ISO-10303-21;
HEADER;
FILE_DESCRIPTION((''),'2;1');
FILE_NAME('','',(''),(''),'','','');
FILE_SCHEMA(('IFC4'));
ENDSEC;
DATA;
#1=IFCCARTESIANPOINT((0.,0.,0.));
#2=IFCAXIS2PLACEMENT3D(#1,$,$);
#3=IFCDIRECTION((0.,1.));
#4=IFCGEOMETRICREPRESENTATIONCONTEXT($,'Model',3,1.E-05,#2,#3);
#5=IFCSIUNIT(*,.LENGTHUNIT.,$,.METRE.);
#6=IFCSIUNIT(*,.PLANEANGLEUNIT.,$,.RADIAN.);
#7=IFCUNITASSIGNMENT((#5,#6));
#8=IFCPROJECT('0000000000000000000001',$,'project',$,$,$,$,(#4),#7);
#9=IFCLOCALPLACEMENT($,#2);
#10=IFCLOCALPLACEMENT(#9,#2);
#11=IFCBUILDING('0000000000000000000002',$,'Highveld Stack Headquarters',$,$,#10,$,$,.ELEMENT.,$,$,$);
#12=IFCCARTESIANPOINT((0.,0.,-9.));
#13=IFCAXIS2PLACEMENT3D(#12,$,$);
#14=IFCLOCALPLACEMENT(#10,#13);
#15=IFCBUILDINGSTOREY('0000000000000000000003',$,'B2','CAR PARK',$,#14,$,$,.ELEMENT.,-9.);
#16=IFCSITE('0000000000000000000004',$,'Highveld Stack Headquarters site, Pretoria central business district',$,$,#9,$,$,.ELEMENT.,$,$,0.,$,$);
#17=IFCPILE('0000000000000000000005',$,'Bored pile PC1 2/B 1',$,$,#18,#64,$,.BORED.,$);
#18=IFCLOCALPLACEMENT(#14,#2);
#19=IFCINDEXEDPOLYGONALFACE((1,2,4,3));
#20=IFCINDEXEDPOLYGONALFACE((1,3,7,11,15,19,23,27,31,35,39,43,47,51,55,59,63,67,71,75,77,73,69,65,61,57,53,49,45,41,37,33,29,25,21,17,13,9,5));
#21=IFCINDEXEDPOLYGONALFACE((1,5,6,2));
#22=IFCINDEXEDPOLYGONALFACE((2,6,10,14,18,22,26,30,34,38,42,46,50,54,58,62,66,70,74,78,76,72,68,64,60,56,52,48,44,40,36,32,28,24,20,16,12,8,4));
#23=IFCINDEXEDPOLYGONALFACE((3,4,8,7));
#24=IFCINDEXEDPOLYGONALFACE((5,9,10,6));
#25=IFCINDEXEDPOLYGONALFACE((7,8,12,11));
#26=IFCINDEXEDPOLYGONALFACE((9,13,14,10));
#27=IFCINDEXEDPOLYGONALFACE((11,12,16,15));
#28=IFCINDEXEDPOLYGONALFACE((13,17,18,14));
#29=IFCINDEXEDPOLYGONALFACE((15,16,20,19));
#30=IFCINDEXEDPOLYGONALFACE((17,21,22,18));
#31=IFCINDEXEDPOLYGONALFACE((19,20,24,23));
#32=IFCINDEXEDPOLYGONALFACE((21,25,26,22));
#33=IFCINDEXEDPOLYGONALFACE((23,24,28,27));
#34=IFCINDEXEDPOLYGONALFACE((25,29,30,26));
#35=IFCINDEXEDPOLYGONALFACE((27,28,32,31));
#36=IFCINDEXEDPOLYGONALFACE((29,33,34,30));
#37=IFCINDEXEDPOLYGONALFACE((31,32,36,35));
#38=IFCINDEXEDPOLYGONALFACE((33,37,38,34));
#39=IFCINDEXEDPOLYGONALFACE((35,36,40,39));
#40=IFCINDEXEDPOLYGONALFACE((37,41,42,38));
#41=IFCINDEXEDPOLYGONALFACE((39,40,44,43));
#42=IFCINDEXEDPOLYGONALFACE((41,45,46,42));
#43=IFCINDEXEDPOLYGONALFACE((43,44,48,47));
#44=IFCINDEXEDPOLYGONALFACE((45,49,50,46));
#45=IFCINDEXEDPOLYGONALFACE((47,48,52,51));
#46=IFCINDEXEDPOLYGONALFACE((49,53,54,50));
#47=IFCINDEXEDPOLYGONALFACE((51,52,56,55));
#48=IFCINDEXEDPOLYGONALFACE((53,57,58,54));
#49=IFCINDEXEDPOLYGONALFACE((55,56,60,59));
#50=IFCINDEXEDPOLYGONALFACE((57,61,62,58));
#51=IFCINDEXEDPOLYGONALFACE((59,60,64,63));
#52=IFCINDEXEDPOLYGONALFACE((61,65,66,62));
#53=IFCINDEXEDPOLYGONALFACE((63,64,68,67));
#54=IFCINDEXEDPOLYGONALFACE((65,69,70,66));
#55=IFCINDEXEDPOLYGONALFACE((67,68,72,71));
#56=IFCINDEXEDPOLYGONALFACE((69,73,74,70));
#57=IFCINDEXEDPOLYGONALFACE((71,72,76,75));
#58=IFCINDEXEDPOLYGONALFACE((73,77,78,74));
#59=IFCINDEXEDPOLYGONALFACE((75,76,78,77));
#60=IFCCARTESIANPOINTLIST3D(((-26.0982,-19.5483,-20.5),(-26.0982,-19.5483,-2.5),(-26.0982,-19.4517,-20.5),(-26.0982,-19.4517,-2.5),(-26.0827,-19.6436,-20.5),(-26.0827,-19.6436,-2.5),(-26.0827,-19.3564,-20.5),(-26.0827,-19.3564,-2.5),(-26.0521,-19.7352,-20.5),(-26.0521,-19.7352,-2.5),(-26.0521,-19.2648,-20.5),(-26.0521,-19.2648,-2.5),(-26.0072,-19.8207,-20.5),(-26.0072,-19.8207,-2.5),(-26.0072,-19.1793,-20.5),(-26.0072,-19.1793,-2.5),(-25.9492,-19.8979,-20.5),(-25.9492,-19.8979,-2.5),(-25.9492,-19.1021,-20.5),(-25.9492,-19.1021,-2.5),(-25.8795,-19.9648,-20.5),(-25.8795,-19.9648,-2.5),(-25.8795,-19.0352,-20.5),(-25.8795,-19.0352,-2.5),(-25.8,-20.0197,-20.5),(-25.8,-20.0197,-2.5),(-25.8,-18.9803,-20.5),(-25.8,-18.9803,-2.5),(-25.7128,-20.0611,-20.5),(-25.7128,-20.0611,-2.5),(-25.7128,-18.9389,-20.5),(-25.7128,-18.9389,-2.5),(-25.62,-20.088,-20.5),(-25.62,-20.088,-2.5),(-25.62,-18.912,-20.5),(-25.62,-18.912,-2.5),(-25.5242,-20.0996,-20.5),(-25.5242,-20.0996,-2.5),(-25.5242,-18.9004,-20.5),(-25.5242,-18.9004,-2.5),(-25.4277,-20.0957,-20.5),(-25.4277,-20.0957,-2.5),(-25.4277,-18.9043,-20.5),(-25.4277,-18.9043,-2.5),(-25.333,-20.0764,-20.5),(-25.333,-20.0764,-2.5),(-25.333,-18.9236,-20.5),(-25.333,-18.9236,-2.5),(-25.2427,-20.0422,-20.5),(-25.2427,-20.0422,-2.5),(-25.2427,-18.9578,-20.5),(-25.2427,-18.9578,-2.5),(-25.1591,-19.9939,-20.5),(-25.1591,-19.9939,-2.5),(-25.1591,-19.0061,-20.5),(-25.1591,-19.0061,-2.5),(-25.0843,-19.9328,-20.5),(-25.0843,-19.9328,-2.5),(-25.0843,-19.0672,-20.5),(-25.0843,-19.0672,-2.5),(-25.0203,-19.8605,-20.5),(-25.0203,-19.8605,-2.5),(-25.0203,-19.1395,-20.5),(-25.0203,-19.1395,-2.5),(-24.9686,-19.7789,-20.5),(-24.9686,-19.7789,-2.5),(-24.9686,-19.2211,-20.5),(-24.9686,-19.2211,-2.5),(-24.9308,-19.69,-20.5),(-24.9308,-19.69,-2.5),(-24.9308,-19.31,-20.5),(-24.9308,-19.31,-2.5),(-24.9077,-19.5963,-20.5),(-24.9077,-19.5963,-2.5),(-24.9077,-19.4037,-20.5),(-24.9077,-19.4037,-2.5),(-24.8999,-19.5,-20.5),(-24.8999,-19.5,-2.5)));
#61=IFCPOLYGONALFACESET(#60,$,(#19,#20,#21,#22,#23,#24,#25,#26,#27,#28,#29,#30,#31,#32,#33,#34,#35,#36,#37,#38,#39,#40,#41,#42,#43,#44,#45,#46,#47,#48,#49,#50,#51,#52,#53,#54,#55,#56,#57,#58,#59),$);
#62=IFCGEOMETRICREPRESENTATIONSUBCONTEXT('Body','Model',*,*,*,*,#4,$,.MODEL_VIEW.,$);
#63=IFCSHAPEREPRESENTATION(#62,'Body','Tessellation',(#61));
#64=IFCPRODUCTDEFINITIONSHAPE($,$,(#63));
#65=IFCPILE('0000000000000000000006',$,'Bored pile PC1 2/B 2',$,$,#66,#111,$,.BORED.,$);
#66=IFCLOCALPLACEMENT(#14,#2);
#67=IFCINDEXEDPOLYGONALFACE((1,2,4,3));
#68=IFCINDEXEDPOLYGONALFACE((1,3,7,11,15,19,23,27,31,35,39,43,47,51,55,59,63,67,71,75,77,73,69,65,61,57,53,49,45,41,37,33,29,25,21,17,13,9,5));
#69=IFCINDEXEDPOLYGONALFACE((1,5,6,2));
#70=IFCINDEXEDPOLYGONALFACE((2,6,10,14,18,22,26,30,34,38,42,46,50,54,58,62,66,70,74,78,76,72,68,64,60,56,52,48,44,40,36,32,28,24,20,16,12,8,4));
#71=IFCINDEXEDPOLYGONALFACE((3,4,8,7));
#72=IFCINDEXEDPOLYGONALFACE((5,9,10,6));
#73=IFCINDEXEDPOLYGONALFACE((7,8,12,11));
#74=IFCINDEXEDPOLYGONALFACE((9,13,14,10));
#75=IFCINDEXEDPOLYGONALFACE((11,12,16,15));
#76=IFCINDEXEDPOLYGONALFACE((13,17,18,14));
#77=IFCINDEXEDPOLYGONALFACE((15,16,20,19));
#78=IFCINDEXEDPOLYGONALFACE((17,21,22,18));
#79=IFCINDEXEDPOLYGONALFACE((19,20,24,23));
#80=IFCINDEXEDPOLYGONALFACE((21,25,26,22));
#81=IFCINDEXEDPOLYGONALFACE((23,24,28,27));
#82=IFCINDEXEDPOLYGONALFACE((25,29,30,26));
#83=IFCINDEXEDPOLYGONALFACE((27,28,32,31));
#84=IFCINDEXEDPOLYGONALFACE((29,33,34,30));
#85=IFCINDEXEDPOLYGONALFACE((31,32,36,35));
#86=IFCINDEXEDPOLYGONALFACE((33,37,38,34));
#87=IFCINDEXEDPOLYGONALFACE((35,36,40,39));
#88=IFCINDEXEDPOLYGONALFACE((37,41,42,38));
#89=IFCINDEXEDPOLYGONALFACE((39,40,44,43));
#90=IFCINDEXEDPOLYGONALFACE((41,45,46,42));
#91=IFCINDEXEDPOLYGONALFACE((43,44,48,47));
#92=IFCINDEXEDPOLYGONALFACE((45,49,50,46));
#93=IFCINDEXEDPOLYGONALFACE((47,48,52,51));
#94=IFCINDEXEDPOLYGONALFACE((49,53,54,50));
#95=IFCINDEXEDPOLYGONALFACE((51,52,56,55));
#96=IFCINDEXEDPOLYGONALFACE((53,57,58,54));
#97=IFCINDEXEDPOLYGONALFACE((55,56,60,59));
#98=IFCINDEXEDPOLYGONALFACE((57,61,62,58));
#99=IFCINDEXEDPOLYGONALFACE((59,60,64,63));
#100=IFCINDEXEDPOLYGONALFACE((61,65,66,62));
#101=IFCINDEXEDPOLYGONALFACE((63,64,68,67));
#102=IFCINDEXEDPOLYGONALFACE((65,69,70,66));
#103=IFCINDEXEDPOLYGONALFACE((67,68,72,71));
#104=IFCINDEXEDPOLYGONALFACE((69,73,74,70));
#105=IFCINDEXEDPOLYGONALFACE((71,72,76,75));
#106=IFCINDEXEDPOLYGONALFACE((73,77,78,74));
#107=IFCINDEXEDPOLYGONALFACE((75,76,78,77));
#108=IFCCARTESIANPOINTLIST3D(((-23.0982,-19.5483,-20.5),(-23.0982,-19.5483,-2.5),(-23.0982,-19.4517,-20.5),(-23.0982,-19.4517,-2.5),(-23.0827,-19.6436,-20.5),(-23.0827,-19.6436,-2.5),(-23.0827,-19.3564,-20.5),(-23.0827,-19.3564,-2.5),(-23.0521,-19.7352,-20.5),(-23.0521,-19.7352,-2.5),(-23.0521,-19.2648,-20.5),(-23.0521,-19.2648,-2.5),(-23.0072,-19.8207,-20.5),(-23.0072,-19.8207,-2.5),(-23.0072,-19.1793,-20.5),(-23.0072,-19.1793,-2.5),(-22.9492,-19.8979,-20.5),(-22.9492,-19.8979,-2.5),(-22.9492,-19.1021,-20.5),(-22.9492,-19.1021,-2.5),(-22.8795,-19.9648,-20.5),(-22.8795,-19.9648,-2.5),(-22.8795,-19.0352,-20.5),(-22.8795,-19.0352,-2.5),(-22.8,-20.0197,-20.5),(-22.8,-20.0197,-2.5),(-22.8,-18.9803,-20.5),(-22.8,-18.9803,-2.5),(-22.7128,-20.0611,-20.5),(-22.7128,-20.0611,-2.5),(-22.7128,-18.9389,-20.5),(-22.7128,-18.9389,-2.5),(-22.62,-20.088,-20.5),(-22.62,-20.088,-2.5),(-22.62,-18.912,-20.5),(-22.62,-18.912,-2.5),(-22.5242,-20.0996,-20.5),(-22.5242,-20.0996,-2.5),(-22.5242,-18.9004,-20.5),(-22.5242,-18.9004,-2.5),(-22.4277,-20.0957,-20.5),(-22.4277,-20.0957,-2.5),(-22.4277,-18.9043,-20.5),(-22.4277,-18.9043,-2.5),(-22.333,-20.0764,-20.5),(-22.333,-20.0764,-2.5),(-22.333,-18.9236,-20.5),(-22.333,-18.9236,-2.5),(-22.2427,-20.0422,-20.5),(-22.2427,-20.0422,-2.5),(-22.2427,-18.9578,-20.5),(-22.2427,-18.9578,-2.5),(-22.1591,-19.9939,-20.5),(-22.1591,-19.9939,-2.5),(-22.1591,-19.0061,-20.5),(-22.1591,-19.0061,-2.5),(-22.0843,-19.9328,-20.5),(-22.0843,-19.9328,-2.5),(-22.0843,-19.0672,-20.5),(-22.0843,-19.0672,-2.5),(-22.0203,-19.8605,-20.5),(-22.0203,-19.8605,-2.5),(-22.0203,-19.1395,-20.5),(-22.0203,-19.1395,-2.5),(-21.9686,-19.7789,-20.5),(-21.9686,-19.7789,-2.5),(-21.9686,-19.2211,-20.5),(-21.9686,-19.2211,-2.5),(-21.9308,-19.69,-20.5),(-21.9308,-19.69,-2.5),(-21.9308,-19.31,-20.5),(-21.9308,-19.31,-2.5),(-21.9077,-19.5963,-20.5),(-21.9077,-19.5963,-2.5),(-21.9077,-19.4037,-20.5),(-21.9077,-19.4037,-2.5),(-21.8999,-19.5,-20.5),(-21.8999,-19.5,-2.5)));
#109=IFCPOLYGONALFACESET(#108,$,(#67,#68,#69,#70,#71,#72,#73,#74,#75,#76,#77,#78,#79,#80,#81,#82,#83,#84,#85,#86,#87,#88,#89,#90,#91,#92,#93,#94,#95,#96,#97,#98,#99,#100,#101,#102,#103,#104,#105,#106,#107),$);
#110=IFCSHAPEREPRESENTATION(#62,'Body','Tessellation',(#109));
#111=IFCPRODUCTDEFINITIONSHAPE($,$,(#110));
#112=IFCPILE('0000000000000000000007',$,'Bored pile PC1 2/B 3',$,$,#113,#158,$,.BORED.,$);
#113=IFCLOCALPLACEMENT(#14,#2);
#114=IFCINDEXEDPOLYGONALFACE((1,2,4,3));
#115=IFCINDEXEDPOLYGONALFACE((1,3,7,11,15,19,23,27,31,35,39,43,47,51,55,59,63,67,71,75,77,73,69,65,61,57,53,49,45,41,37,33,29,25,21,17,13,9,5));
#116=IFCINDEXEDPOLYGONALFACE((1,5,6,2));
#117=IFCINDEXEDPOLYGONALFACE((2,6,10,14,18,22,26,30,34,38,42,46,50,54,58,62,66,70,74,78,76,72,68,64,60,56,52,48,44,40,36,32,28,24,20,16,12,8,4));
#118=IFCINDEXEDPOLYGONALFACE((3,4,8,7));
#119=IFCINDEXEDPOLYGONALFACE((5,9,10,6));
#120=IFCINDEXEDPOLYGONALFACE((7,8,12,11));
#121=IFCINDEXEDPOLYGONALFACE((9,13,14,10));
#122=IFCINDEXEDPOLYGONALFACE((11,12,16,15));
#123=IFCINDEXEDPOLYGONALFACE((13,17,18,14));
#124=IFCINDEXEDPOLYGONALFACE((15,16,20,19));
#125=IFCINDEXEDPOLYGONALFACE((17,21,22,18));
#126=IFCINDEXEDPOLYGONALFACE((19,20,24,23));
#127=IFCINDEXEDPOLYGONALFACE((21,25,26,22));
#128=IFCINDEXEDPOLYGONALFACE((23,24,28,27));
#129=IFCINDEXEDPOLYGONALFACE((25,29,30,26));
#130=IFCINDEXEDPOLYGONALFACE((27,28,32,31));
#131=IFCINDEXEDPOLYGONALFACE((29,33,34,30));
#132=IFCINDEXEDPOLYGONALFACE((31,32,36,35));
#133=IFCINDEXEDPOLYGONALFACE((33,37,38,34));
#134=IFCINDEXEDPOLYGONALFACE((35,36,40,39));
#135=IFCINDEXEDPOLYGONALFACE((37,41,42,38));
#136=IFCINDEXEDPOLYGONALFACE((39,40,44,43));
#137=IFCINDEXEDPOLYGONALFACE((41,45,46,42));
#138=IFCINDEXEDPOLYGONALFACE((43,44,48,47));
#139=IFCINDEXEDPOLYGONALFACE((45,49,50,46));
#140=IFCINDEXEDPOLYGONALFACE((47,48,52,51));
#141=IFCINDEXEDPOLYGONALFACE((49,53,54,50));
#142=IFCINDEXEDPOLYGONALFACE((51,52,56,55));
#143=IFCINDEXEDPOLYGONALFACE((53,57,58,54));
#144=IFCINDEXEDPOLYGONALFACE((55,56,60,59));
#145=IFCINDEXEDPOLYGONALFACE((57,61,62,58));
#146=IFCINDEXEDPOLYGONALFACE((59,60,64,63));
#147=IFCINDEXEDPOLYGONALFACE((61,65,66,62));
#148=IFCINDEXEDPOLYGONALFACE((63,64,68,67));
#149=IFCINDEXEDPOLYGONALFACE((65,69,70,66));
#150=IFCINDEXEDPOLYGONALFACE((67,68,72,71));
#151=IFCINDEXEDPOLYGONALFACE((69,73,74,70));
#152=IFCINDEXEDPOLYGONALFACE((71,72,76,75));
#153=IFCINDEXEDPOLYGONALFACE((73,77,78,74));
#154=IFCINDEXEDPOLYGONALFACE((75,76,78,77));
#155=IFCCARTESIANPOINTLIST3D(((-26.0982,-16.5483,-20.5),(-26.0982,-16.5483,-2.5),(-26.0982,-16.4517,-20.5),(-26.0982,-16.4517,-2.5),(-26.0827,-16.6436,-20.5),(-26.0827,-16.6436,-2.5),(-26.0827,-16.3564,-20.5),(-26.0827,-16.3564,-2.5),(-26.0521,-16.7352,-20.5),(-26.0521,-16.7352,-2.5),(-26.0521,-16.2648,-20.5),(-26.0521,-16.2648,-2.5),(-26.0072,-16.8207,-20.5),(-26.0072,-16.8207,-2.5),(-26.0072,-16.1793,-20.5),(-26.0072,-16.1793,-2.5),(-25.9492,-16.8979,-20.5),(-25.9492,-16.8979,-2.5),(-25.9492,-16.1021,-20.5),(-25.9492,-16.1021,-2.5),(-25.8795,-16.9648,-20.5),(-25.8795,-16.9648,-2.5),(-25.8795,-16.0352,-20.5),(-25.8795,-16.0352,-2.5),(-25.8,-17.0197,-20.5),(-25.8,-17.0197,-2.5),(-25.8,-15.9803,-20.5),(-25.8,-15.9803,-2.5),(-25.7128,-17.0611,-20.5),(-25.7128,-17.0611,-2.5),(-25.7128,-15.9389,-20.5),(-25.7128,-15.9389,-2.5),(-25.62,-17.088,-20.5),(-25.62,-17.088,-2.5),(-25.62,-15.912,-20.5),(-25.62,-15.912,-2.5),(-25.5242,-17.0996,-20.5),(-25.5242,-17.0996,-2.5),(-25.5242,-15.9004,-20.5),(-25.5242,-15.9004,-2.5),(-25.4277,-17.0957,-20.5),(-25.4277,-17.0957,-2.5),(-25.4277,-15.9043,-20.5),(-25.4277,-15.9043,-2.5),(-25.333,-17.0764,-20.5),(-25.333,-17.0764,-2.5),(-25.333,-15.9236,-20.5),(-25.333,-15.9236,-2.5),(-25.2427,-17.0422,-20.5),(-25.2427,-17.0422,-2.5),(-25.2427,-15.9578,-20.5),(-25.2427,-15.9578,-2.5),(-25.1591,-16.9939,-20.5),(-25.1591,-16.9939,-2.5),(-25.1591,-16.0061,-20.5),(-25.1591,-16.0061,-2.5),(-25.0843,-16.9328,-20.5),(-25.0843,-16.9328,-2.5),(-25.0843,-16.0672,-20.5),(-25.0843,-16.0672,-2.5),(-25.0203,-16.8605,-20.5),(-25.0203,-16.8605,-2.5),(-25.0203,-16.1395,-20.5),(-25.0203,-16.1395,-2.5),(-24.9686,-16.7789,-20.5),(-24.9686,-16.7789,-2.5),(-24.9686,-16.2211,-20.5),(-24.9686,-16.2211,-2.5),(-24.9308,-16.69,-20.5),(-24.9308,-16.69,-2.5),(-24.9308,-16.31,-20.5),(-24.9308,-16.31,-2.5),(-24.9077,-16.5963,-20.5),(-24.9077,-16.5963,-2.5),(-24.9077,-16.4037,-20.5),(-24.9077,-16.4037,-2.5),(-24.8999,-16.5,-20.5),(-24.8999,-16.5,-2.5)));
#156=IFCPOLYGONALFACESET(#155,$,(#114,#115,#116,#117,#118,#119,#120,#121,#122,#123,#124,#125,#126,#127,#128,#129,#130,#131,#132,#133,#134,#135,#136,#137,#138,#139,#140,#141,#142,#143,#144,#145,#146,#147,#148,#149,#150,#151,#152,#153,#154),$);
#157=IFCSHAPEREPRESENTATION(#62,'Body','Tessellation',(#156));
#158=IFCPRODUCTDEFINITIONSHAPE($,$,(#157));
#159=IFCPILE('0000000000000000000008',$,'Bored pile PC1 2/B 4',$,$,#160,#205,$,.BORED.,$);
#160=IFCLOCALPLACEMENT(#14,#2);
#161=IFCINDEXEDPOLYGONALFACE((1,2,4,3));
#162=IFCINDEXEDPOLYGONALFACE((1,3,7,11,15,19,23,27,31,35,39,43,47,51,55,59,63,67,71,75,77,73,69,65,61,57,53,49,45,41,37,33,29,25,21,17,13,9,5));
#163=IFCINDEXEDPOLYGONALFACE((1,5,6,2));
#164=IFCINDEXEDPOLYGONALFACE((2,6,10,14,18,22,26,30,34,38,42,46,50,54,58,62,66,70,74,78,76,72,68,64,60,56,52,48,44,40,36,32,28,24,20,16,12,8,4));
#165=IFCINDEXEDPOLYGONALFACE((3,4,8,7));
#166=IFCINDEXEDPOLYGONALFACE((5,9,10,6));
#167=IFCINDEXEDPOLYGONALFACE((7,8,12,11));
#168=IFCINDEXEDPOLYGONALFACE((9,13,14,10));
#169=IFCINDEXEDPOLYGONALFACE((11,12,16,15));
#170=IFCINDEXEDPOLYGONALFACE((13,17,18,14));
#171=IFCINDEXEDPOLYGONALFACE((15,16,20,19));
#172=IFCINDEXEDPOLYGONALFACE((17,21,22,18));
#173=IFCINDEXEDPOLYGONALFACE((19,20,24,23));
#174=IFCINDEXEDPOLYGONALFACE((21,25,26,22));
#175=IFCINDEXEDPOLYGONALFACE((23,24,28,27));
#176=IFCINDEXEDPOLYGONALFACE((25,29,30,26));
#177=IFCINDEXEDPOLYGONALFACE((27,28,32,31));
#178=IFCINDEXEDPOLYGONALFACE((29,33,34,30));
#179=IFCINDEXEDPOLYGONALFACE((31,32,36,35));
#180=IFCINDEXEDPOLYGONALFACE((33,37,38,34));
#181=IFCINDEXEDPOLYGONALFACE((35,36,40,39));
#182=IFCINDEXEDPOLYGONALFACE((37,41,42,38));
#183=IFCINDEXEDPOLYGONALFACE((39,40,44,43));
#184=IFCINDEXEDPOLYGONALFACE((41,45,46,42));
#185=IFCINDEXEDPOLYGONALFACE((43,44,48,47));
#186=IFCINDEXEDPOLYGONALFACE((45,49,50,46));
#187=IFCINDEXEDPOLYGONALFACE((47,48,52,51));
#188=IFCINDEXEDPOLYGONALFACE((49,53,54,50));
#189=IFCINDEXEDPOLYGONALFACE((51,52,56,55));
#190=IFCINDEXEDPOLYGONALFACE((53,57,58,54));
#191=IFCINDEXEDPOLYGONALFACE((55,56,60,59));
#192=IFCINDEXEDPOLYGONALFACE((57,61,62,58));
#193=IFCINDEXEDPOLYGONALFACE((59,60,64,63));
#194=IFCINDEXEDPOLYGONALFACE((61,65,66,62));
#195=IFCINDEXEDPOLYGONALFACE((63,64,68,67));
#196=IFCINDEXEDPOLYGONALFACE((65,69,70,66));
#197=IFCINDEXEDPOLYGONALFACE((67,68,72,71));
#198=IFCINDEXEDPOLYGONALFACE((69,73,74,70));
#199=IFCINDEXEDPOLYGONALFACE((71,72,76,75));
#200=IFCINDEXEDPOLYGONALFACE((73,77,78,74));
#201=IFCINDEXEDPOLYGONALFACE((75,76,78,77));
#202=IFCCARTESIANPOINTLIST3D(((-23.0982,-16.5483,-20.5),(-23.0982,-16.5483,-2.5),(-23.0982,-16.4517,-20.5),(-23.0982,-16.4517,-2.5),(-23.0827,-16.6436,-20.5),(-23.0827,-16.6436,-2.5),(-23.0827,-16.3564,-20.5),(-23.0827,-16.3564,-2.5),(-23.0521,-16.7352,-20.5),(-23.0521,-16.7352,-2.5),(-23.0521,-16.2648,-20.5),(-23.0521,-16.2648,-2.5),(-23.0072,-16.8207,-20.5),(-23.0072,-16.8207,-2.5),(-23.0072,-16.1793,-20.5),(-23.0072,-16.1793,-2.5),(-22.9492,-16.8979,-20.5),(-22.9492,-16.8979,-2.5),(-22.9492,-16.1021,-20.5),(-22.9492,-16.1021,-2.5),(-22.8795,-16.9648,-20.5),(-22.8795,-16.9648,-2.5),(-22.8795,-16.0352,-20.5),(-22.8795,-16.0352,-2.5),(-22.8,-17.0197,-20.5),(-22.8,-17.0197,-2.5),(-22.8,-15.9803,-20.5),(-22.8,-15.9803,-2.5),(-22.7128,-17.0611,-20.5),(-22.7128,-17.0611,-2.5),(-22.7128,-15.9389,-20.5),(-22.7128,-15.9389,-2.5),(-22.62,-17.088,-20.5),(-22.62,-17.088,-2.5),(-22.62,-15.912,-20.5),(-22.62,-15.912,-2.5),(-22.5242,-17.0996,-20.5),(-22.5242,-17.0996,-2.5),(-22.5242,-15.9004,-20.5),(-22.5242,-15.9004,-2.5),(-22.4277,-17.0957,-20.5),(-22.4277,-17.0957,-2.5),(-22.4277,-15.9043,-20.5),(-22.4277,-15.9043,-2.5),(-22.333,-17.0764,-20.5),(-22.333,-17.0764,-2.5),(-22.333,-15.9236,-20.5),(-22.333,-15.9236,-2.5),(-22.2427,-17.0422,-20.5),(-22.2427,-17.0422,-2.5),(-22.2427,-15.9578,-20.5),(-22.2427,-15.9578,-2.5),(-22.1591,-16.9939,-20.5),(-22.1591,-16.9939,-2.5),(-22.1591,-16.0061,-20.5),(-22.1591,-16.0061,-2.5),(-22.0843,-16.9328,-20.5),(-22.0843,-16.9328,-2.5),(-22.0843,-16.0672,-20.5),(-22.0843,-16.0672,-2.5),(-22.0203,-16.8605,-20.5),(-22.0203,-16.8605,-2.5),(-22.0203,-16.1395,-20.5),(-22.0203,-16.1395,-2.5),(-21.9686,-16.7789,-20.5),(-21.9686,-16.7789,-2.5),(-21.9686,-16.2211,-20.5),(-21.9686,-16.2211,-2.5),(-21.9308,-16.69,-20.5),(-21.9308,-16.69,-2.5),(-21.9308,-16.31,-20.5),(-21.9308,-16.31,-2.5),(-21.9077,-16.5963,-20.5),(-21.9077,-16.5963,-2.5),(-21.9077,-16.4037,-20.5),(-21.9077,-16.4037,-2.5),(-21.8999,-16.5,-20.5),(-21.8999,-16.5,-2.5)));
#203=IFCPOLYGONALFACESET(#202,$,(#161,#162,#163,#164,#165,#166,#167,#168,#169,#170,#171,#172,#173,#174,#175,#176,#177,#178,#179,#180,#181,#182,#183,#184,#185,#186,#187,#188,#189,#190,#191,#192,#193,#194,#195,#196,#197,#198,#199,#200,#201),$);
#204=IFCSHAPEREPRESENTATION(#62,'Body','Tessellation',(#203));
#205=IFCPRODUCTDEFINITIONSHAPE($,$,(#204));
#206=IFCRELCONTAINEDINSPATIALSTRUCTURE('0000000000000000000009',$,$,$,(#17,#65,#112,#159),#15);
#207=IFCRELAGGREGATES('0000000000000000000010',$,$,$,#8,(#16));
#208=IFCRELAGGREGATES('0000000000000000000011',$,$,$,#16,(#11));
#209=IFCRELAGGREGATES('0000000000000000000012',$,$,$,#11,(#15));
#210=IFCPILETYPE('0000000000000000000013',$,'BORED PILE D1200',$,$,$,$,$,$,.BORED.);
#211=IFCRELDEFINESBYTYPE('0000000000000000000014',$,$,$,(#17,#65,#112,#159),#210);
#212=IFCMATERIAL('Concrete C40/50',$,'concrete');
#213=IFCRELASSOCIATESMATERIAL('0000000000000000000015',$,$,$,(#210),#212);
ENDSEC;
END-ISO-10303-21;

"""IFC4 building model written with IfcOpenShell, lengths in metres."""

from ifc_helpers import new_model, si_unit, direction, frame, origin, origin_2d, place, context, subcontext, project, spatial, circle, extrude, material, type_object, element, save


model = new_model("IFC4")

# Units and contexts
model_context = context("Model", 3, precision=1e-05, world=origin(), true_north=direction((0.0, 1.0)))
body_context = subcontext(model_context, "Body", "Model", "MODEL_VIEW")
ifc_project = project(units=[si_unit("LENGTHUNIT", "METRE"), si_unit("PLANEANGLEUNIT", "RADIAN")], contexts=[model_context])

# Site, building, storey
site_placement = place(None, origin())
site = spatial("IfcSite", under=ifc_project, at=site_placement, Name="Highveld Stack Headquarters site, Pretoria central business district", CompositionType="ELEMENT", RefElevation=0.0)
building_placement = place(site_placement, origin())
building = spatial("IfcBuilding", under=site, at=building_placement, Name="Highveld Stack Headquarters", CompositionType="ELEMENT")
storey_placement = place(building_placement, frame((0.0, 0.0, -9.0)))
storey = spatial("IfcBuildingStorey", under=building, at=storey_placement, Name="B2", Description="CAR PARK", CompositionType="ELEMENT", Elevation=-9.0)

# Piles
ifc_material_1 = material(Name="Concrete C40/50", Category="concrete")
pile_type_1 = type_object("IfcPileType", Name="BORED PILE D1200", PredefinedType="BORED", material=ifc_material_1)
for number, where, z_axis, x_axis, name in (
    (1, (-25.5, -19.5, -2.5), (0.0, 0.0, -1.0), (1.0, 0.0, 0.0), "Bored pile PC1 2/B 1"),
    (2, (-22.5, -19.5, -2.5), (0.0, 0.0, -1.0), (1.0, 0.0, 0.0), "Bored pile PC1 2/B 2"),
    (3, (-25.5, -16.5, -2.5), (0.0, 0.0, -1.0), (1.0, 0.0, 0.0), "Bored pile PC1 2/B 3"),
    (4, (-22.5, -16.5, -2.5), (0.0, 0.0, -1.0), (1.0, 0.0, 0.0), "Bored pile PC1 2/B 4"),
):
    element("IfcPile", number, at=place(storey_placement, frame(where, z_axis=z_axis, x_axis=x_axis)), inside=storey, type_object=pile_type_1, Name=name, PredefinedType="BORED", context=body_context, shape_type="SweptSolid", body=[
        extrude(circle(Radius=0.6001, at=origin_2d()), origin(), (0.0, 0.0, 1.0), 18.0),
    ])

save(model, "model.ifc")
